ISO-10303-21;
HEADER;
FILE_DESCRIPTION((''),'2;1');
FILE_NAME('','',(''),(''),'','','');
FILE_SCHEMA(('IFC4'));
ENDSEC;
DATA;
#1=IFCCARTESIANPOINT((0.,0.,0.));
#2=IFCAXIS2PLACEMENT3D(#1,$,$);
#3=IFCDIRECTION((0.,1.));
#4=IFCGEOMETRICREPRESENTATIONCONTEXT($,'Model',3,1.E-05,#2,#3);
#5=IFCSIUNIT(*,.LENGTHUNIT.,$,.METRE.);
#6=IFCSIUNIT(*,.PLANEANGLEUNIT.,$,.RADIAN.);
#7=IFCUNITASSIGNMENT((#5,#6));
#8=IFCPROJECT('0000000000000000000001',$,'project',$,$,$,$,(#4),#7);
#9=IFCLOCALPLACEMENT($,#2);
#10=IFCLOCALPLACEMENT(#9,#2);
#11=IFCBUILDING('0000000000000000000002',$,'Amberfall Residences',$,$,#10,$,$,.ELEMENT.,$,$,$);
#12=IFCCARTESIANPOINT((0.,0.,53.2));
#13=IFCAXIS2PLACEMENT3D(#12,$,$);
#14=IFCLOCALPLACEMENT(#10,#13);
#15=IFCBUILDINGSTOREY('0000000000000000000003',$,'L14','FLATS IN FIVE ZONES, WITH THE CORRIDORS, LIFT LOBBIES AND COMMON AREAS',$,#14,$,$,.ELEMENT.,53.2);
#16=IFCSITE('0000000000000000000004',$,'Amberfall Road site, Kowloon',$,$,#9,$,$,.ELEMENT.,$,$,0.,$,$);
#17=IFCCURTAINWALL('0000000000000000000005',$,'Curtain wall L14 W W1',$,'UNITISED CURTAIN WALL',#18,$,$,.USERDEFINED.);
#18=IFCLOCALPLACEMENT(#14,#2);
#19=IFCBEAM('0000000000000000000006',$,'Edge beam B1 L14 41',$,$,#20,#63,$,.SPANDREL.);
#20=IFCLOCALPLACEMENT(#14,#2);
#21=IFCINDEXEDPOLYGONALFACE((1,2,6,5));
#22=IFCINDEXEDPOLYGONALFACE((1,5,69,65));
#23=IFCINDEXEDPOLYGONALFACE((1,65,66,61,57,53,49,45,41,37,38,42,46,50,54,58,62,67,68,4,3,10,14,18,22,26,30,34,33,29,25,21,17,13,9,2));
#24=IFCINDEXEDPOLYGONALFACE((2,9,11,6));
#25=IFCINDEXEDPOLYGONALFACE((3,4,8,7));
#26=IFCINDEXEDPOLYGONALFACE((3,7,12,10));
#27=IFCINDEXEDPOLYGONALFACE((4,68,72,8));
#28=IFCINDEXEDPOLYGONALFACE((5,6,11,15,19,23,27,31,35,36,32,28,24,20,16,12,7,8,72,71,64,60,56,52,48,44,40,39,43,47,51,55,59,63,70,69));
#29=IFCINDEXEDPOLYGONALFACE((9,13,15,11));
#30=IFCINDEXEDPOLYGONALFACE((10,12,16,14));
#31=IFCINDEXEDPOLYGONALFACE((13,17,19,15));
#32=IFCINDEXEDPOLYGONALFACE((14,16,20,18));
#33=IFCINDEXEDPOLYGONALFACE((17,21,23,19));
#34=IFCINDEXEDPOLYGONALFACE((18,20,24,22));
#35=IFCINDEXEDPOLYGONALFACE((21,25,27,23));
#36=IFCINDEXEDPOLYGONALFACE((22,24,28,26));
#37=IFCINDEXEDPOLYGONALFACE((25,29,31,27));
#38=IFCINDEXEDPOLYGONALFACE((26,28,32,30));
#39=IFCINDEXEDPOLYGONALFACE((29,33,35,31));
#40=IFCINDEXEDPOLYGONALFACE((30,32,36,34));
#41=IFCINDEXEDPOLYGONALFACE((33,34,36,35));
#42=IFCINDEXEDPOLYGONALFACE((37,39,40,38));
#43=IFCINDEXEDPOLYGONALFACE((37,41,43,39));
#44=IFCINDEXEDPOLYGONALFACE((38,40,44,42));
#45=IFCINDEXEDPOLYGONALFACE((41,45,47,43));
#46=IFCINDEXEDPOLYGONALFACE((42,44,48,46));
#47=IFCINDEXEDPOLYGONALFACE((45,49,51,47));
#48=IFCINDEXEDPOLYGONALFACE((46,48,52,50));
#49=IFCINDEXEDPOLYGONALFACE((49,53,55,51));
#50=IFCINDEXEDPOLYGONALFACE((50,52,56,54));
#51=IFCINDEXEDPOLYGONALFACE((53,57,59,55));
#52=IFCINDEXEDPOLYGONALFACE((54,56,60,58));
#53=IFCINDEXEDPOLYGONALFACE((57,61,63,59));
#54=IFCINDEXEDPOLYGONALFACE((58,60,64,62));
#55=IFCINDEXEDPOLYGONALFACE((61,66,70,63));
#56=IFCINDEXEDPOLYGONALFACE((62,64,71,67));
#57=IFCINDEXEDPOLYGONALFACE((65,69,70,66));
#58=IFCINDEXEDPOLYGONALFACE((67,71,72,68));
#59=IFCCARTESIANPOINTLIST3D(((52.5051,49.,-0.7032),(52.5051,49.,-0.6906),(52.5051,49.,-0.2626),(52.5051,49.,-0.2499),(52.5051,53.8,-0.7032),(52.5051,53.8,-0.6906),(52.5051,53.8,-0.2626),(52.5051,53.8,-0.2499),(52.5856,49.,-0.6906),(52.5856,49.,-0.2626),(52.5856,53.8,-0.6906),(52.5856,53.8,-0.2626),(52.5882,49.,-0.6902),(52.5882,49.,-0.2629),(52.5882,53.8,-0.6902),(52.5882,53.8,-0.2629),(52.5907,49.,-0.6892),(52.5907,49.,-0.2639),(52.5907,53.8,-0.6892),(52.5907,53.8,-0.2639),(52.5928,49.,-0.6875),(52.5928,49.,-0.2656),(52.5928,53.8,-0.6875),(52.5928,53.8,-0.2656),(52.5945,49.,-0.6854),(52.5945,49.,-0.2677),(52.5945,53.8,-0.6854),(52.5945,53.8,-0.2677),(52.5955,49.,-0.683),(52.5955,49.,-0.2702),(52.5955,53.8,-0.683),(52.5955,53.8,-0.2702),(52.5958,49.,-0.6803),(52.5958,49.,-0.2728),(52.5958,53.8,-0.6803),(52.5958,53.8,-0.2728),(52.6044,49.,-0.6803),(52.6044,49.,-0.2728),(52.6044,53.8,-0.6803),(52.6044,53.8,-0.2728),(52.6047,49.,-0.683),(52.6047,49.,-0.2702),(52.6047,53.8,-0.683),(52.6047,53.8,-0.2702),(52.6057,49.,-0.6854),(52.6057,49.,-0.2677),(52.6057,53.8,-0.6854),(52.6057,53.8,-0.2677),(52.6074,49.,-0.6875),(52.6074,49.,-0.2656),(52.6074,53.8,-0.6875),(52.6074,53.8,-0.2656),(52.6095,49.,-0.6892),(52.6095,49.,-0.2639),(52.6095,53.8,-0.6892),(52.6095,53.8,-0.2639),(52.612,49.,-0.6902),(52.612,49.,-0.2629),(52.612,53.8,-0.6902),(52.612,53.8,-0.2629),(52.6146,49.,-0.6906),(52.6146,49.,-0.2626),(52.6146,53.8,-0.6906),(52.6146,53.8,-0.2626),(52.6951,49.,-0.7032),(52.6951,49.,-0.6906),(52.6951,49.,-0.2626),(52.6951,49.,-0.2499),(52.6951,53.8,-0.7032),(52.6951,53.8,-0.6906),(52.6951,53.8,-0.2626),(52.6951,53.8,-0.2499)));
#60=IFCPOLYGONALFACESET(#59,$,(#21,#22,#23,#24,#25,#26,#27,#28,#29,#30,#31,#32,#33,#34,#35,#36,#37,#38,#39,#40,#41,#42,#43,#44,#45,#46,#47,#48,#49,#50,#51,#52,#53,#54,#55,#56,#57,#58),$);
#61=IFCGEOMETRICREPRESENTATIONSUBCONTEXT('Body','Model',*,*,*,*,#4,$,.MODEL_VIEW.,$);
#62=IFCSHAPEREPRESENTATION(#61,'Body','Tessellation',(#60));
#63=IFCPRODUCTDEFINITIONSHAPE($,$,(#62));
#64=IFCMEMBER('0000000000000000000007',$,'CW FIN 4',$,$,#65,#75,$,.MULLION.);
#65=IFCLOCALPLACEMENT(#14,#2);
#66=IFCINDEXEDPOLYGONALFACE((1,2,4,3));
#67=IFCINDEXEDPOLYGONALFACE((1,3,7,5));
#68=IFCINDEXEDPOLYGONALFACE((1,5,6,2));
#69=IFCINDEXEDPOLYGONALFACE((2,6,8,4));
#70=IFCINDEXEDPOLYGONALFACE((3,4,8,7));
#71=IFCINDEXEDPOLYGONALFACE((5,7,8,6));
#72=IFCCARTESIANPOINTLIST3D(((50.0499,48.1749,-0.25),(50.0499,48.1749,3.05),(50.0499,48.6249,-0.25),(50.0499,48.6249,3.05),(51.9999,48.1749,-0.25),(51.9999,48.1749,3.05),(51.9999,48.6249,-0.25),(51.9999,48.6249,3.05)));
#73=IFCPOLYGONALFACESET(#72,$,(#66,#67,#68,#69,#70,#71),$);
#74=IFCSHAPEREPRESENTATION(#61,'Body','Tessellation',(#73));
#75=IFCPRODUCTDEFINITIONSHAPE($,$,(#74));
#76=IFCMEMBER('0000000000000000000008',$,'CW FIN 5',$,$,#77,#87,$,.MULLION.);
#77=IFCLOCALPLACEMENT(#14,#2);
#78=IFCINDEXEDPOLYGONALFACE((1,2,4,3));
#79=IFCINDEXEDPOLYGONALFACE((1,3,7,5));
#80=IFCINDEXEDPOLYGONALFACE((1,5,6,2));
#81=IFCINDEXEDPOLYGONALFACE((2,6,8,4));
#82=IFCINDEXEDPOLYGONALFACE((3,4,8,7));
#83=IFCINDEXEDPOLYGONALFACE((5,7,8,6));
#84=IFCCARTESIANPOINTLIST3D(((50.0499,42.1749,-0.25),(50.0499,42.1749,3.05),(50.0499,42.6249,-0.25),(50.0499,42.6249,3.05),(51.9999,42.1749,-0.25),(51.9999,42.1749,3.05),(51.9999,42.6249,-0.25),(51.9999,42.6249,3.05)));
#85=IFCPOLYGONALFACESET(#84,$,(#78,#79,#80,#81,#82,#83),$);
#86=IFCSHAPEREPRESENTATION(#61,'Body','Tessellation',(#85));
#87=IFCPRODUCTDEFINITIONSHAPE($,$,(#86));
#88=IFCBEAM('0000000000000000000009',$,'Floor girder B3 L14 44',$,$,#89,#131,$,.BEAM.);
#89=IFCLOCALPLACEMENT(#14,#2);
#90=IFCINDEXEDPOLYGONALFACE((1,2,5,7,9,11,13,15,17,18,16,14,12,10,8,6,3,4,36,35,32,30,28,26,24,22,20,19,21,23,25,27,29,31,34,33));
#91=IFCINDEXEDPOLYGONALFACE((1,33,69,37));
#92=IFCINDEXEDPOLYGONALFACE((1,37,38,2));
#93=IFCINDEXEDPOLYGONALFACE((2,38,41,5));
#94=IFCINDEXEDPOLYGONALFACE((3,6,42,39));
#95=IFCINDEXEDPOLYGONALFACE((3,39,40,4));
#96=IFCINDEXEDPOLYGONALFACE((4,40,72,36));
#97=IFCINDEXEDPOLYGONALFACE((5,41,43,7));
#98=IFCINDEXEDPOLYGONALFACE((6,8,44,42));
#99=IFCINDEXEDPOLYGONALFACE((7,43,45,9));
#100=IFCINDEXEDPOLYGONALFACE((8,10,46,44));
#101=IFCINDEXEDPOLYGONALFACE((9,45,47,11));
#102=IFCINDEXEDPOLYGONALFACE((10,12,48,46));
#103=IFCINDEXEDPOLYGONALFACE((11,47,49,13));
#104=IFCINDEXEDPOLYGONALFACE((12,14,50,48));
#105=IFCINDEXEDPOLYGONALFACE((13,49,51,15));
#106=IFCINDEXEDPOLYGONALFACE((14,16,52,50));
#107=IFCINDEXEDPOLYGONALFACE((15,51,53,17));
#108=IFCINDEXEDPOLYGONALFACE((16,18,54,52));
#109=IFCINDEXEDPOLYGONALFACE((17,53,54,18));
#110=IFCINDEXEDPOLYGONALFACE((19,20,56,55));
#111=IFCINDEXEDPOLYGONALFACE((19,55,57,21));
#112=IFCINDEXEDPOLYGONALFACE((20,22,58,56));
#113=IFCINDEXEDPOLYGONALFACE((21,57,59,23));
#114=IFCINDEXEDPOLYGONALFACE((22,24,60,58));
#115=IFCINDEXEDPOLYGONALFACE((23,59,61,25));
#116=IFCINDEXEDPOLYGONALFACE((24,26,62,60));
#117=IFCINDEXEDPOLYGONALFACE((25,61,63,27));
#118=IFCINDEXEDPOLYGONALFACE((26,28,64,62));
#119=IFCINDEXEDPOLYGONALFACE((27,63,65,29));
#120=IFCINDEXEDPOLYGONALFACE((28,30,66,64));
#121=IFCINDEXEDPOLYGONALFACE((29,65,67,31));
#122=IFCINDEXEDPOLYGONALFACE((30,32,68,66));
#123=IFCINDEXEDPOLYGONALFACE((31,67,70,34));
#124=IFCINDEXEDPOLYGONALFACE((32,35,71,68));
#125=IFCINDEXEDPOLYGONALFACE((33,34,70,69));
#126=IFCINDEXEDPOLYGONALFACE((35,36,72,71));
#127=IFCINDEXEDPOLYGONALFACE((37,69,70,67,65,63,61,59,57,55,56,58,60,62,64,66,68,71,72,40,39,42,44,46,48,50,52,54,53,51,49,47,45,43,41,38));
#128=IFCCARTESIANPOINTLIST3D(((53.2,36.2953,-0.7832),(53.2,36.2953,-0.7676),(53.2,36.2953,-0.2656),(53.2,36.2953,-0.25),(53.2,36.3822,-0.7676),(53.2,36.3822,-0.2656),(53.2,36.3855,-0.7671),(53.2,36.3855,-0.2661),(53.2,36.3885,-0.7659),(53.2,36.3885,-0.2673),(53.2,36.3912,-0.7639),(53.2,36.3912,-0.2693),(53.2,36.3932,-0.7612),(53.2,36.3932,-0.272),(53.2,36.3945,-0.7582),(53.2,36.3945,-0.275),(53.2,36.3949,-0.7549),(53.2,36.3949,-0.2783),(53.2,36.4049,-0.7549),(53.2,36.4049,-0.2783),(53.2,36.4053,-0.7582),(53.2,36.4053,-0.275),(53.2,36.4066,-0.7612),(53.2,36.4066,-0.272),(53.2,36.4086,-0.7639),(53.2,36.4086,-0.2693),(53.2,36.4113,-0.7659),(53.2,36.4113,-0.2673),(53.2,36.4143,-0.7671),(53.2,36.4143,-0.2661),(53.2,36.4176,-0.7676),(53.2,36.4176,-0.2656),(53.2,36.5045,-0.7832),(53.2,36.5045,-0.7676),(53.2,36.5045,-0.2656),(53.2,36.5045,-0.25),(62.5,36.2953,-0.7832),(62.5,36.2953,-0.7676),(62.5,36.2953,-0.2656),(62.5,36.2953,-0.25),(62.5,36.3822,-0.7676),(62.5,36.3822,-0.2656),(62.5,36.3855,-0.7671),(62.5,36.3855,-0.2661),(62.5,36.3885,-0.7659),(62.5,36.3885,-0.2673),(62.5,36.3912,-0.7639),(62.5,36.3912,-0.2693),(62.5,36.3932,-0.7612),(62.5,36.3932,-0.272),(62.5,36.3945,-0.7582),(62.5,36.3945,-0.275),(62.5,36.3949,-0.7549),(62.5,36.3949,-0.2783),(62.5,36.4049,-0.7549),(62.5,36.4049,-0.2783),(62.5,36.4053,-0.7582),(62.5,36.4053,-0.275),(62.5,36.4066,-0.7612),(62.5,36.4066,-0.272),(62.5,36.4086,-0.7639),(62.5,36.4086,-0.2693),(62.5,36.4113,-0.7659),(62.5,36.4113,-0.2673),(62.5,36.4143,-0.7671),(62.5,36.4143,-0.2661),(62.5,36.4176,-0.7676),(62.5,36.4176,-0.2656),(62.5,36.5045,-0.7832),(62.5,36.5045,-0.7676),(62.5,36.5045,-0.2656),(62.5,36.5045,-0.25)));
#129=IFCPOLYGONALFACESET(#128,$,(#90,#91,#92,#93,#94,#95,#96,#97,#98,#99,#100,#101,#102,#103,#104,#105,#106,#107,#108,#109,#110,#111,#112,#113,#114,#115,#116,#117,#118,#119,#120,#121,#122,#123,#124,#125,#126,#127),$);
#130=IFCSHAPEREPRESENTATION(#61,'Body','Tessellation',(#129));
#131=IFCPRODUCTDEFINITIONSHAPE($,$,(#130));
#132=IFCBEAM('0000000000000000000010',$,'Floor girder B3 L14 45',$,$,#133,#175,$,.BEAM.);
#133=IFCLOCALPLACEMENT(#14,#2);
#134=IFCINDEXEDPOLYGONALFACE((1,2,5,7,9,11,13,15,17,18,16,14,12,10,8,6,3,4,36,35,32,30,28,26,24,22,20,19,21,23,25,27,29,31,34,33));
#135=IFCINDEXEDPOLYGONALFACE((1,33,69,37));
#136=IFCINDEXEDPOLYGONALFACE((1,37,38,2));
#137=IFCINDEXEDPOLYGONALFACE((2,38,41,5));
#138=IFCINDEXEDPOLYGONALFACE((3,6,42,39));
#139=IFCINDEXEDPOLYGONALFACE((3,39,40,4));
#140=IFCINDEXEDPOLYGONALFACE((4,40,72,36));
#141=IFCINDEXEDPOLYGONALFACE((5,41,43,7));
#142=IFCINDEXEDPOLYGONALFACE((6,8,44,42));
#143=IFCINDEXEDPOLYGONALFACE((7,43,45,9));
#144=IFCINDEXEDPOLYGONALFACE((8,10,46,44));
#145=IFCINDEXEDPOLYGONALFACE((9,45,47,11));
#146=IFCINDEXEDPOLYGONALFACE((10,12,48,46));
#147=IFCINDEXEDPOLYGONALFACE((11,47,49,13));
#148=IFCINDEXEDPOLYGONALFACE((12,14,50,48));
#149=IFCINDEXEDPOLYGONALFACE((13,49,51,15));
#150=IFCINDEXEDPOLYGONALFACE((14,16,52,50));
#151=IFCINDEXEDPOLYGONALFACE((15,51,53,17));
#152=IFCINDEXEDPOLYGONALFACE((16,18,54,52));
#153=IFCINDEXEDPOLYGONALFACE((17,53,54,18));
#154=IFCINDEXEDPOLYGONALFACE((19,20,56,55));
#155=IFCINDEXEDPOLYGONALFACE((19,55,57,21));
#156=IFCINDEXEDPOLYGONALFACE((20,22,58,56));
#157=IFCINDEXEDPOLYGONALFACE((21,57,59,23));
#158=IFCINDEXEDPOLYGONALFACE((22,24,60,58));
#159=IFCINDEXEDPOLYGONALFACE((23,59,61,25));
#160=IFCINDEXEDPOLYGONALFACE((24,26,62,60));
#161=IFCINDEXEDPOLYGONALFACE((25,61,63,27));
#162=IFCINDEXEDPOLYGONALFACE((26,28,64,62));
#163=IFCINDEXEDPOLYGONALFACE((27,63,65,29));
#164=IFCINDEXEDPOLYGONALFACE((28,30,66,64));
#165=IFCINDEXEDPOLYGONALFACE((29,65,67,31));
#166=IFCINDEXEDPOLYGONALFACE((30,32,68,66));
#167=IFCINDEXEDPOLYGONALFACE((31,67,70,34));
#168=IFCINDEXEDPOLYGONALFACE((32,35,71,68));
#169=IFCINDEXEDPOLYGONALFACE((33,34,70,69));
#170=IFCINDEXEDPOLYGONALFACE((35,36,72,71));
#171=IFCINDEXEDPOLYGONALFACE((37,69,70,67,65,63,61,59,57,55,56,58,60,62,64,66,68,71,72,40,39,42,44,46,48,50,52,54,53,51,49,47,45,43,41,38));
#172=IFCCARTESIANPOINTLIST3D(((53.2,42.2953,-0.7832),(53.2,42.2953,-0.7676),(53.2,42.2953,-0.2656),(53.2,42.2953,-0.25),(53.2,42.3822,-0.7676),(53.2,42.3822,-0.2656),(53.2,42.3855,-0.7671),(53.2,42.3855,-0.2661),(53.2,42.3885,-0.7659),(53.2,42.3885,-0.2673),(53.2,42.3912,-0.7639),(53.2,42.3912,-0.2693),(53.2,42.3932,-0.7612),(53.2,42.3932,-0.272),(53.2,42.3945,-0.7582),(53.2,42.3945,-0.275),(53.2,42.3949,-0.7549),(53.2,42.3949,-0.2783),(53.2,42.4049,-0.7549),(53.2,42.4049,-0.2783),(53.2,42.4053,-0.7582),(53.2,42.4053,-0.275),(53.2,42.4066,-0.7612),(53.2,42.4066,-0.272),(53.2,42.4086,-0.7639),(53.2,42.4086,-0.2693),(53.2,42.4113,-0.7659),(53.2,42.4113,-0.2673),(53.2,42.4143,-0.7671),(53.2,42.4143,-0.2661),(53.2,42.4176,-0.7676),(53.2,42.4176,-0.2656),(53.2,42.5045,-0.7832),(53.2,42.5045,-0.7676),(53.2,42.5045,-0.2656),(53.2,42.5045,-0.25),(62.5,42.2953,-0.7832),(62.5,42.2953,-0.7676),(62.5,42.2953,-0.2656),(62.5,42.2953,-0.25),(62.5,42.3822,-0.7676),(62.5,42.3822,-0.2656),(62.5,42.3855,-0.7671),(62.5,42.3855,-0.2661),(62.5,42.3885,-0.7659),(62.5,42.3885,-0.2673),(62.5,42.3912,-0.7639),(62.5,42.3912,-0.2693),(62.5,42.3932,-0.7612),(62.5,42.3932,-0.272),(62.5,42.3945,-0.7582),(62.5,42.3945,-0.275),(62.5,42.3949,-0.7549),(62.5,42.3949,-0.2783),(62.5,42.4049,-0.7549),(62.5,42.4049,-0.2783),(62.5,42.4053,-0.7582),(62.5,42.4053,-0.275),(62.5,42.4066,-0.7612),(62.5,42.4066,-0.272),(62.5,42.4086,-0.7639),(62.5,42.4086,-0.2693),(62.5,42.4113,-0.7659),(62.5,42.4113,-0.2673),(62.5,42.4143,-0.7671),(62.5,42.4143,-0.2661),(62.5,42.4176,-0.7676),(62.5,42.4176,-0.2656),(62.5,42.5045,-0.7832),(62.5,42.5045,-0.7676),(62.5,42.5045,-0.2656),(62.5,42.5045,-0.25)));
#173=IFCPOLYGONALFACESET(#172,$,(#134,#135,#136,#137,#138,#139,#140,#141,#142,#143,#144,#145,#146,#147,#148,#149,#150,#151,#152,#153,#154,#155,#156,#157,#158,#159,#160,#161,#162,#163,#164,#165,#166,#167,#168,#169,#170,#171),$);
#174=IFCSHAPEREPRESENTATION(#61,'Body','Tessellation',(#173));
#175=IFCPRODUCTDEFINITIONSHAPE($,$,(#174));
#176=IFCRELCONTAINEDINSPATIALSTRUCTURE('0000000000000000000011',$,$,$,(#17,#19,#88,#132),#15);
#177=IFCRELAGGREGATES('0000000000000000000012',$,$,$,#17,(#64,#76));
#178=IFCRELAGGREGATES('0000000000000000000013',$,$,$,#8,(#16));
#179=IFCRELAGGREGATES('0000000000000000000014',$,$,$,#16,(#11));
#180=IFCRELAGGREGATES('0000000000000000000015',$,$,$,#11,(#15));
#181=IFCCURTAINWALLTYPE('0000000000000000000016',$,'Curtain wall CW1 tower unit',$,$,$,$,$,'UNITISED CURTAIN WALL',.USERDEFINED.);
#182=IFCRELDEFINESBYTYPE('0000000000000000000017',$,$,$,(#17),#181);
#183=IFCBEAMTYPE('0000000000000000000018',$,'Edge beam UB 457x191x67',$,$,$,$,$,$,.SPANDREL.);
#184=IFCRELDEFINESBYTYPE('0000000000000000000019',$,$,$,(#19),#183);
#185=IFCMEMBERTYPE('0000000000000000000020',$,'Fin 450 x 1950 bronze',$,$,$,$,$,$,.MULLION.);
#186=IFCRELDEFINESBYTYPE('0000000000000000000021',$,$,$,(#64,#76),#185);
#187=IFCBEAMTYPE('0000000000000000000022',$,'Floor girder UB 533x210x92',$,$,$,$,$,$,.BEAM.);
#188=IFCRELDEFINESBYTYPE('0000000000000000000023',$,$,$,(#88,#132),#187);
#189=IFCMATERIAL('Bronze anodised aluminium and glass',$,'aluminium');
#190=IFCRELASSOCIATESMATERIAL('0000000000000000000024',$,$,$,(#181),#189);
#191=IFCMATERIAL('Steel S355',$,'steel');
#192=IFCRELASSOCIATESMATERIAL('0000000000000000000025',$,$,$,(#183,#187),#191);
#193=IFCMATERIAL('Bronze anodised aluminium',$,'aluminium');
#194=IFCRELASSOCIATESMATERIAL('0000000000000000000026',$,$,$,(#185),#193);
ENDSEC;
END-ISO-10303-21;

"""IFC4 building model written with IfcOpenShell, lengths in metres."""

from ifc_helpers import new_model, si_unit, direction, frame, origin, origin_2d, place, context, subcontext, project, spatial, rectangle, i_section, extrude, material, material_profile, profile_set, type_object, element, aggregate, save


model = new_model("IFC4")

# Units and contexts
model_context = context("Model", 3, precision=1e-05, world=origin(), true_north=direction((0.0, 1.0)))
body_context = subcontext(model_context, "Body", "Model", "MODEL_VIEW")
ifc_project = project(units=[si_unit("LENGTHUNIT", "METRE"), si_unit("PLANEANGLEUNIT", "RADIAN")], contexts=[model_context])

# Site, building, storey
site_placement = place(None, origin())
site = spatial("IfcSite", under=ifc_project, at=site_placement, Name="Amberfall Road site, Kowloon", CompositionType="ELEMENT", RefElevation=0.0)
building_placement = place(site_placement, origin())
building = spatial("IfcBuilding", under=site, at=building_placement, Name="Amberfall Residences", CompositionType="ELEMENT")
storey_placement = place(building_placement, frame((0.0, 0.0, 53.2)))
storey = spatial("IfcBuildingStorey", under=building, at=storey_placement, Name="L14", Description="FLATS IN FIVE ZONES, WITH THE CORRIDORS, LIFT LOBBIES AND COMMON AREAS", CompositionType="ELEMENT", Elevation=53.2)

# Curtain wall
ifc_material_1 = material(Name="Bronze anodised aluminium and glass", Category="aluminium")
curtain_wall_type = type_object("IfcCurtainWallType", Name="Curtain wall CW1 tower unit", ElementType="UNITISED CURTAIN WALL", PredefinedType="USERDEFINED", material=ifc_material_1)
curtain_wall_placement = place(storey_placement, origin())
curtain_wall = element("IfcCurtainWall", 1, at=curtain_wall_placement, inside=storey, type_object=curtain_wall_type, Name="Curtain wall L14 W W1", ObjectType="UNITISED CURTAIN WALL", PredefinedType="USERDEFINED")
ifc_material_2 = material(Name="Bronze anodised aluminium", Category="aluminium")

# Beam
ifc_material_3 = material(Name="Steel S355", Category="steel")
ifc_material_profile_1 = material_profile(ifc_material_3, i_section(OverallWidth=0.1899, OverallDepth=0.4534, WebThickness=0.0085, FlangeThickness=0.0127, FilletRadius=0.0103, at=origin_2d()), Name="UB 457x191x67")
ifc_profile_set_1 = profile_set([ifc_material_profile_1], Name="Steel S355")
beam_type_1 = type_object("IfcBeamType", Name="Edge beam UB 457x191x67", PredefinedType="SPANDREL", material=ifc_profile_set_1)
for number, where, z_axis, x_axis, name in (
    (2, (52.6001, 49.0, -0.4766), (0.0, 1.0, 0.0), (-1.0, 0.0, 0.0), "Edge beam B1 L14 41"),
):
    element("IfcBeam", number, at=place(storey_placement, frame(where, z_axis=z_axis, x_axis=x_axis)), inside=storey, type_object=beam_type_1, Name=name, PredefinedType="SPANDREL", context=body_context, shape_type="SweptSolid", body=[
        extrude(i_section(OverallWidth=0.1899, OverallDepth=0.4534, WebThickness=0.0085, FlangeThickness=0.0127, FilletRadius=0.0103, at=origin_2d()), origin(), (0.0, 0.0, 1.0), 4.8),
    ])

# Members
ifc_material_profile_2 = material_profile(ifc_material_2, rectangle(XDim=1.95, YDim=0.45, at=origin_2d()), Name="Fin 450 x 1950 bronze")
ifc_profile_set_2 = profile_set([ifc_material_profile_2], Name="Bronze anodised aluminium")
member_type_1 = type_object("IfcMemberType", Name="Fin 450 x 1950 bronze", PredefinedType="MULLION", material=ifc_profile_set_2)
member_1_placement = place(storey_placement, frame((51.0249, 48.3999, -0.25), z_axis=(0.0, 0.0, 1.0), x_axis=(1.0, 0.0, 0.0)))
member_1 = element("IfcMember", 3, at=member_1_placement, type_object=member_type_1, Name="CW FIN 4", PredefinedType="MULLION", context=body_context, shape_type="SweptSolid", body=[
    extrude(rectangle(XDim=1.95, YDim=0.45, at=origin_2d()), origin(), (0.0, 0.0, 1.0), 3.3),
])
member_2_placement = place(storey_placement, frame((51.0249, 42.3999, -0.25), z_axis=(0.0, 0.0, 1.0), x_axis=(1.0, 0.0, 0.0)))
member_2 = element("IfcMember", 4, at=member_2_placement, type_object=member_type_1, Name="CW FIN 5", PredefinedType="MULLION", context=body_context, shape_type="SweptSolid", body=[
    extrude(rectangle(XDim=1.95, YDim=0.45, at=origin_2d()), origin(), (0.0, 0.0, 1.0), 3.3),
])

# Beams
ifc_material_profile_3 = material_profile(ifc_material_3, i_section(OverallWidth=0.2092, OverallDepth=0.5332, WebThickness=0.01, FlangeThickness=0.0156, FilletRadius=0.0127, at=origin_2d()), Name="UB 533x210x92")
ifc_profile_set_3 = profile_set([ifc_material_profile_3], Name="Steel S355")
beam_type_2 = type_object("IfcBeamType", Name="Floor girder UB 533x210x92", PredefinedType="BEAM", material=ifc_profile_set_3)
for number, where, z_axis, x_axis, name in (
    (5, (53.2, 36.3999, -0.5166), (1.0, 0.0, 0.0), (0.0, 1.0, 0.0), "Floor girder B3 L14 44"),
    (6, (53.2, 42.3999, -0.5166), (1.0, 0.0, 0.0), (0.0, 1.0, 0.0), "Floor girder B3 L14 45"),
):
    element("IfcBeam", number, at=place(storey_placement, frame(where, z_axis=z_axis, x_axis=x_axis)), inside=storey, type_object=beam_type_2, Name=name, PredefinedType="BEAM", context=body_context, shape_type="SweptSolid", body=[
        extrude(i_section(OverallWidth=0.2092, OverallDepth=0.5332, WebThickness=0.01, FlangeThickness=0.0156, FilletRadius=0.0127, at=origin_2d()), origin(), (0.0, 0.0, 1.0), 9.3),
    ])

aggregate(curtain_wall, [member_1, member_2])

save(model, "model.ifc")
